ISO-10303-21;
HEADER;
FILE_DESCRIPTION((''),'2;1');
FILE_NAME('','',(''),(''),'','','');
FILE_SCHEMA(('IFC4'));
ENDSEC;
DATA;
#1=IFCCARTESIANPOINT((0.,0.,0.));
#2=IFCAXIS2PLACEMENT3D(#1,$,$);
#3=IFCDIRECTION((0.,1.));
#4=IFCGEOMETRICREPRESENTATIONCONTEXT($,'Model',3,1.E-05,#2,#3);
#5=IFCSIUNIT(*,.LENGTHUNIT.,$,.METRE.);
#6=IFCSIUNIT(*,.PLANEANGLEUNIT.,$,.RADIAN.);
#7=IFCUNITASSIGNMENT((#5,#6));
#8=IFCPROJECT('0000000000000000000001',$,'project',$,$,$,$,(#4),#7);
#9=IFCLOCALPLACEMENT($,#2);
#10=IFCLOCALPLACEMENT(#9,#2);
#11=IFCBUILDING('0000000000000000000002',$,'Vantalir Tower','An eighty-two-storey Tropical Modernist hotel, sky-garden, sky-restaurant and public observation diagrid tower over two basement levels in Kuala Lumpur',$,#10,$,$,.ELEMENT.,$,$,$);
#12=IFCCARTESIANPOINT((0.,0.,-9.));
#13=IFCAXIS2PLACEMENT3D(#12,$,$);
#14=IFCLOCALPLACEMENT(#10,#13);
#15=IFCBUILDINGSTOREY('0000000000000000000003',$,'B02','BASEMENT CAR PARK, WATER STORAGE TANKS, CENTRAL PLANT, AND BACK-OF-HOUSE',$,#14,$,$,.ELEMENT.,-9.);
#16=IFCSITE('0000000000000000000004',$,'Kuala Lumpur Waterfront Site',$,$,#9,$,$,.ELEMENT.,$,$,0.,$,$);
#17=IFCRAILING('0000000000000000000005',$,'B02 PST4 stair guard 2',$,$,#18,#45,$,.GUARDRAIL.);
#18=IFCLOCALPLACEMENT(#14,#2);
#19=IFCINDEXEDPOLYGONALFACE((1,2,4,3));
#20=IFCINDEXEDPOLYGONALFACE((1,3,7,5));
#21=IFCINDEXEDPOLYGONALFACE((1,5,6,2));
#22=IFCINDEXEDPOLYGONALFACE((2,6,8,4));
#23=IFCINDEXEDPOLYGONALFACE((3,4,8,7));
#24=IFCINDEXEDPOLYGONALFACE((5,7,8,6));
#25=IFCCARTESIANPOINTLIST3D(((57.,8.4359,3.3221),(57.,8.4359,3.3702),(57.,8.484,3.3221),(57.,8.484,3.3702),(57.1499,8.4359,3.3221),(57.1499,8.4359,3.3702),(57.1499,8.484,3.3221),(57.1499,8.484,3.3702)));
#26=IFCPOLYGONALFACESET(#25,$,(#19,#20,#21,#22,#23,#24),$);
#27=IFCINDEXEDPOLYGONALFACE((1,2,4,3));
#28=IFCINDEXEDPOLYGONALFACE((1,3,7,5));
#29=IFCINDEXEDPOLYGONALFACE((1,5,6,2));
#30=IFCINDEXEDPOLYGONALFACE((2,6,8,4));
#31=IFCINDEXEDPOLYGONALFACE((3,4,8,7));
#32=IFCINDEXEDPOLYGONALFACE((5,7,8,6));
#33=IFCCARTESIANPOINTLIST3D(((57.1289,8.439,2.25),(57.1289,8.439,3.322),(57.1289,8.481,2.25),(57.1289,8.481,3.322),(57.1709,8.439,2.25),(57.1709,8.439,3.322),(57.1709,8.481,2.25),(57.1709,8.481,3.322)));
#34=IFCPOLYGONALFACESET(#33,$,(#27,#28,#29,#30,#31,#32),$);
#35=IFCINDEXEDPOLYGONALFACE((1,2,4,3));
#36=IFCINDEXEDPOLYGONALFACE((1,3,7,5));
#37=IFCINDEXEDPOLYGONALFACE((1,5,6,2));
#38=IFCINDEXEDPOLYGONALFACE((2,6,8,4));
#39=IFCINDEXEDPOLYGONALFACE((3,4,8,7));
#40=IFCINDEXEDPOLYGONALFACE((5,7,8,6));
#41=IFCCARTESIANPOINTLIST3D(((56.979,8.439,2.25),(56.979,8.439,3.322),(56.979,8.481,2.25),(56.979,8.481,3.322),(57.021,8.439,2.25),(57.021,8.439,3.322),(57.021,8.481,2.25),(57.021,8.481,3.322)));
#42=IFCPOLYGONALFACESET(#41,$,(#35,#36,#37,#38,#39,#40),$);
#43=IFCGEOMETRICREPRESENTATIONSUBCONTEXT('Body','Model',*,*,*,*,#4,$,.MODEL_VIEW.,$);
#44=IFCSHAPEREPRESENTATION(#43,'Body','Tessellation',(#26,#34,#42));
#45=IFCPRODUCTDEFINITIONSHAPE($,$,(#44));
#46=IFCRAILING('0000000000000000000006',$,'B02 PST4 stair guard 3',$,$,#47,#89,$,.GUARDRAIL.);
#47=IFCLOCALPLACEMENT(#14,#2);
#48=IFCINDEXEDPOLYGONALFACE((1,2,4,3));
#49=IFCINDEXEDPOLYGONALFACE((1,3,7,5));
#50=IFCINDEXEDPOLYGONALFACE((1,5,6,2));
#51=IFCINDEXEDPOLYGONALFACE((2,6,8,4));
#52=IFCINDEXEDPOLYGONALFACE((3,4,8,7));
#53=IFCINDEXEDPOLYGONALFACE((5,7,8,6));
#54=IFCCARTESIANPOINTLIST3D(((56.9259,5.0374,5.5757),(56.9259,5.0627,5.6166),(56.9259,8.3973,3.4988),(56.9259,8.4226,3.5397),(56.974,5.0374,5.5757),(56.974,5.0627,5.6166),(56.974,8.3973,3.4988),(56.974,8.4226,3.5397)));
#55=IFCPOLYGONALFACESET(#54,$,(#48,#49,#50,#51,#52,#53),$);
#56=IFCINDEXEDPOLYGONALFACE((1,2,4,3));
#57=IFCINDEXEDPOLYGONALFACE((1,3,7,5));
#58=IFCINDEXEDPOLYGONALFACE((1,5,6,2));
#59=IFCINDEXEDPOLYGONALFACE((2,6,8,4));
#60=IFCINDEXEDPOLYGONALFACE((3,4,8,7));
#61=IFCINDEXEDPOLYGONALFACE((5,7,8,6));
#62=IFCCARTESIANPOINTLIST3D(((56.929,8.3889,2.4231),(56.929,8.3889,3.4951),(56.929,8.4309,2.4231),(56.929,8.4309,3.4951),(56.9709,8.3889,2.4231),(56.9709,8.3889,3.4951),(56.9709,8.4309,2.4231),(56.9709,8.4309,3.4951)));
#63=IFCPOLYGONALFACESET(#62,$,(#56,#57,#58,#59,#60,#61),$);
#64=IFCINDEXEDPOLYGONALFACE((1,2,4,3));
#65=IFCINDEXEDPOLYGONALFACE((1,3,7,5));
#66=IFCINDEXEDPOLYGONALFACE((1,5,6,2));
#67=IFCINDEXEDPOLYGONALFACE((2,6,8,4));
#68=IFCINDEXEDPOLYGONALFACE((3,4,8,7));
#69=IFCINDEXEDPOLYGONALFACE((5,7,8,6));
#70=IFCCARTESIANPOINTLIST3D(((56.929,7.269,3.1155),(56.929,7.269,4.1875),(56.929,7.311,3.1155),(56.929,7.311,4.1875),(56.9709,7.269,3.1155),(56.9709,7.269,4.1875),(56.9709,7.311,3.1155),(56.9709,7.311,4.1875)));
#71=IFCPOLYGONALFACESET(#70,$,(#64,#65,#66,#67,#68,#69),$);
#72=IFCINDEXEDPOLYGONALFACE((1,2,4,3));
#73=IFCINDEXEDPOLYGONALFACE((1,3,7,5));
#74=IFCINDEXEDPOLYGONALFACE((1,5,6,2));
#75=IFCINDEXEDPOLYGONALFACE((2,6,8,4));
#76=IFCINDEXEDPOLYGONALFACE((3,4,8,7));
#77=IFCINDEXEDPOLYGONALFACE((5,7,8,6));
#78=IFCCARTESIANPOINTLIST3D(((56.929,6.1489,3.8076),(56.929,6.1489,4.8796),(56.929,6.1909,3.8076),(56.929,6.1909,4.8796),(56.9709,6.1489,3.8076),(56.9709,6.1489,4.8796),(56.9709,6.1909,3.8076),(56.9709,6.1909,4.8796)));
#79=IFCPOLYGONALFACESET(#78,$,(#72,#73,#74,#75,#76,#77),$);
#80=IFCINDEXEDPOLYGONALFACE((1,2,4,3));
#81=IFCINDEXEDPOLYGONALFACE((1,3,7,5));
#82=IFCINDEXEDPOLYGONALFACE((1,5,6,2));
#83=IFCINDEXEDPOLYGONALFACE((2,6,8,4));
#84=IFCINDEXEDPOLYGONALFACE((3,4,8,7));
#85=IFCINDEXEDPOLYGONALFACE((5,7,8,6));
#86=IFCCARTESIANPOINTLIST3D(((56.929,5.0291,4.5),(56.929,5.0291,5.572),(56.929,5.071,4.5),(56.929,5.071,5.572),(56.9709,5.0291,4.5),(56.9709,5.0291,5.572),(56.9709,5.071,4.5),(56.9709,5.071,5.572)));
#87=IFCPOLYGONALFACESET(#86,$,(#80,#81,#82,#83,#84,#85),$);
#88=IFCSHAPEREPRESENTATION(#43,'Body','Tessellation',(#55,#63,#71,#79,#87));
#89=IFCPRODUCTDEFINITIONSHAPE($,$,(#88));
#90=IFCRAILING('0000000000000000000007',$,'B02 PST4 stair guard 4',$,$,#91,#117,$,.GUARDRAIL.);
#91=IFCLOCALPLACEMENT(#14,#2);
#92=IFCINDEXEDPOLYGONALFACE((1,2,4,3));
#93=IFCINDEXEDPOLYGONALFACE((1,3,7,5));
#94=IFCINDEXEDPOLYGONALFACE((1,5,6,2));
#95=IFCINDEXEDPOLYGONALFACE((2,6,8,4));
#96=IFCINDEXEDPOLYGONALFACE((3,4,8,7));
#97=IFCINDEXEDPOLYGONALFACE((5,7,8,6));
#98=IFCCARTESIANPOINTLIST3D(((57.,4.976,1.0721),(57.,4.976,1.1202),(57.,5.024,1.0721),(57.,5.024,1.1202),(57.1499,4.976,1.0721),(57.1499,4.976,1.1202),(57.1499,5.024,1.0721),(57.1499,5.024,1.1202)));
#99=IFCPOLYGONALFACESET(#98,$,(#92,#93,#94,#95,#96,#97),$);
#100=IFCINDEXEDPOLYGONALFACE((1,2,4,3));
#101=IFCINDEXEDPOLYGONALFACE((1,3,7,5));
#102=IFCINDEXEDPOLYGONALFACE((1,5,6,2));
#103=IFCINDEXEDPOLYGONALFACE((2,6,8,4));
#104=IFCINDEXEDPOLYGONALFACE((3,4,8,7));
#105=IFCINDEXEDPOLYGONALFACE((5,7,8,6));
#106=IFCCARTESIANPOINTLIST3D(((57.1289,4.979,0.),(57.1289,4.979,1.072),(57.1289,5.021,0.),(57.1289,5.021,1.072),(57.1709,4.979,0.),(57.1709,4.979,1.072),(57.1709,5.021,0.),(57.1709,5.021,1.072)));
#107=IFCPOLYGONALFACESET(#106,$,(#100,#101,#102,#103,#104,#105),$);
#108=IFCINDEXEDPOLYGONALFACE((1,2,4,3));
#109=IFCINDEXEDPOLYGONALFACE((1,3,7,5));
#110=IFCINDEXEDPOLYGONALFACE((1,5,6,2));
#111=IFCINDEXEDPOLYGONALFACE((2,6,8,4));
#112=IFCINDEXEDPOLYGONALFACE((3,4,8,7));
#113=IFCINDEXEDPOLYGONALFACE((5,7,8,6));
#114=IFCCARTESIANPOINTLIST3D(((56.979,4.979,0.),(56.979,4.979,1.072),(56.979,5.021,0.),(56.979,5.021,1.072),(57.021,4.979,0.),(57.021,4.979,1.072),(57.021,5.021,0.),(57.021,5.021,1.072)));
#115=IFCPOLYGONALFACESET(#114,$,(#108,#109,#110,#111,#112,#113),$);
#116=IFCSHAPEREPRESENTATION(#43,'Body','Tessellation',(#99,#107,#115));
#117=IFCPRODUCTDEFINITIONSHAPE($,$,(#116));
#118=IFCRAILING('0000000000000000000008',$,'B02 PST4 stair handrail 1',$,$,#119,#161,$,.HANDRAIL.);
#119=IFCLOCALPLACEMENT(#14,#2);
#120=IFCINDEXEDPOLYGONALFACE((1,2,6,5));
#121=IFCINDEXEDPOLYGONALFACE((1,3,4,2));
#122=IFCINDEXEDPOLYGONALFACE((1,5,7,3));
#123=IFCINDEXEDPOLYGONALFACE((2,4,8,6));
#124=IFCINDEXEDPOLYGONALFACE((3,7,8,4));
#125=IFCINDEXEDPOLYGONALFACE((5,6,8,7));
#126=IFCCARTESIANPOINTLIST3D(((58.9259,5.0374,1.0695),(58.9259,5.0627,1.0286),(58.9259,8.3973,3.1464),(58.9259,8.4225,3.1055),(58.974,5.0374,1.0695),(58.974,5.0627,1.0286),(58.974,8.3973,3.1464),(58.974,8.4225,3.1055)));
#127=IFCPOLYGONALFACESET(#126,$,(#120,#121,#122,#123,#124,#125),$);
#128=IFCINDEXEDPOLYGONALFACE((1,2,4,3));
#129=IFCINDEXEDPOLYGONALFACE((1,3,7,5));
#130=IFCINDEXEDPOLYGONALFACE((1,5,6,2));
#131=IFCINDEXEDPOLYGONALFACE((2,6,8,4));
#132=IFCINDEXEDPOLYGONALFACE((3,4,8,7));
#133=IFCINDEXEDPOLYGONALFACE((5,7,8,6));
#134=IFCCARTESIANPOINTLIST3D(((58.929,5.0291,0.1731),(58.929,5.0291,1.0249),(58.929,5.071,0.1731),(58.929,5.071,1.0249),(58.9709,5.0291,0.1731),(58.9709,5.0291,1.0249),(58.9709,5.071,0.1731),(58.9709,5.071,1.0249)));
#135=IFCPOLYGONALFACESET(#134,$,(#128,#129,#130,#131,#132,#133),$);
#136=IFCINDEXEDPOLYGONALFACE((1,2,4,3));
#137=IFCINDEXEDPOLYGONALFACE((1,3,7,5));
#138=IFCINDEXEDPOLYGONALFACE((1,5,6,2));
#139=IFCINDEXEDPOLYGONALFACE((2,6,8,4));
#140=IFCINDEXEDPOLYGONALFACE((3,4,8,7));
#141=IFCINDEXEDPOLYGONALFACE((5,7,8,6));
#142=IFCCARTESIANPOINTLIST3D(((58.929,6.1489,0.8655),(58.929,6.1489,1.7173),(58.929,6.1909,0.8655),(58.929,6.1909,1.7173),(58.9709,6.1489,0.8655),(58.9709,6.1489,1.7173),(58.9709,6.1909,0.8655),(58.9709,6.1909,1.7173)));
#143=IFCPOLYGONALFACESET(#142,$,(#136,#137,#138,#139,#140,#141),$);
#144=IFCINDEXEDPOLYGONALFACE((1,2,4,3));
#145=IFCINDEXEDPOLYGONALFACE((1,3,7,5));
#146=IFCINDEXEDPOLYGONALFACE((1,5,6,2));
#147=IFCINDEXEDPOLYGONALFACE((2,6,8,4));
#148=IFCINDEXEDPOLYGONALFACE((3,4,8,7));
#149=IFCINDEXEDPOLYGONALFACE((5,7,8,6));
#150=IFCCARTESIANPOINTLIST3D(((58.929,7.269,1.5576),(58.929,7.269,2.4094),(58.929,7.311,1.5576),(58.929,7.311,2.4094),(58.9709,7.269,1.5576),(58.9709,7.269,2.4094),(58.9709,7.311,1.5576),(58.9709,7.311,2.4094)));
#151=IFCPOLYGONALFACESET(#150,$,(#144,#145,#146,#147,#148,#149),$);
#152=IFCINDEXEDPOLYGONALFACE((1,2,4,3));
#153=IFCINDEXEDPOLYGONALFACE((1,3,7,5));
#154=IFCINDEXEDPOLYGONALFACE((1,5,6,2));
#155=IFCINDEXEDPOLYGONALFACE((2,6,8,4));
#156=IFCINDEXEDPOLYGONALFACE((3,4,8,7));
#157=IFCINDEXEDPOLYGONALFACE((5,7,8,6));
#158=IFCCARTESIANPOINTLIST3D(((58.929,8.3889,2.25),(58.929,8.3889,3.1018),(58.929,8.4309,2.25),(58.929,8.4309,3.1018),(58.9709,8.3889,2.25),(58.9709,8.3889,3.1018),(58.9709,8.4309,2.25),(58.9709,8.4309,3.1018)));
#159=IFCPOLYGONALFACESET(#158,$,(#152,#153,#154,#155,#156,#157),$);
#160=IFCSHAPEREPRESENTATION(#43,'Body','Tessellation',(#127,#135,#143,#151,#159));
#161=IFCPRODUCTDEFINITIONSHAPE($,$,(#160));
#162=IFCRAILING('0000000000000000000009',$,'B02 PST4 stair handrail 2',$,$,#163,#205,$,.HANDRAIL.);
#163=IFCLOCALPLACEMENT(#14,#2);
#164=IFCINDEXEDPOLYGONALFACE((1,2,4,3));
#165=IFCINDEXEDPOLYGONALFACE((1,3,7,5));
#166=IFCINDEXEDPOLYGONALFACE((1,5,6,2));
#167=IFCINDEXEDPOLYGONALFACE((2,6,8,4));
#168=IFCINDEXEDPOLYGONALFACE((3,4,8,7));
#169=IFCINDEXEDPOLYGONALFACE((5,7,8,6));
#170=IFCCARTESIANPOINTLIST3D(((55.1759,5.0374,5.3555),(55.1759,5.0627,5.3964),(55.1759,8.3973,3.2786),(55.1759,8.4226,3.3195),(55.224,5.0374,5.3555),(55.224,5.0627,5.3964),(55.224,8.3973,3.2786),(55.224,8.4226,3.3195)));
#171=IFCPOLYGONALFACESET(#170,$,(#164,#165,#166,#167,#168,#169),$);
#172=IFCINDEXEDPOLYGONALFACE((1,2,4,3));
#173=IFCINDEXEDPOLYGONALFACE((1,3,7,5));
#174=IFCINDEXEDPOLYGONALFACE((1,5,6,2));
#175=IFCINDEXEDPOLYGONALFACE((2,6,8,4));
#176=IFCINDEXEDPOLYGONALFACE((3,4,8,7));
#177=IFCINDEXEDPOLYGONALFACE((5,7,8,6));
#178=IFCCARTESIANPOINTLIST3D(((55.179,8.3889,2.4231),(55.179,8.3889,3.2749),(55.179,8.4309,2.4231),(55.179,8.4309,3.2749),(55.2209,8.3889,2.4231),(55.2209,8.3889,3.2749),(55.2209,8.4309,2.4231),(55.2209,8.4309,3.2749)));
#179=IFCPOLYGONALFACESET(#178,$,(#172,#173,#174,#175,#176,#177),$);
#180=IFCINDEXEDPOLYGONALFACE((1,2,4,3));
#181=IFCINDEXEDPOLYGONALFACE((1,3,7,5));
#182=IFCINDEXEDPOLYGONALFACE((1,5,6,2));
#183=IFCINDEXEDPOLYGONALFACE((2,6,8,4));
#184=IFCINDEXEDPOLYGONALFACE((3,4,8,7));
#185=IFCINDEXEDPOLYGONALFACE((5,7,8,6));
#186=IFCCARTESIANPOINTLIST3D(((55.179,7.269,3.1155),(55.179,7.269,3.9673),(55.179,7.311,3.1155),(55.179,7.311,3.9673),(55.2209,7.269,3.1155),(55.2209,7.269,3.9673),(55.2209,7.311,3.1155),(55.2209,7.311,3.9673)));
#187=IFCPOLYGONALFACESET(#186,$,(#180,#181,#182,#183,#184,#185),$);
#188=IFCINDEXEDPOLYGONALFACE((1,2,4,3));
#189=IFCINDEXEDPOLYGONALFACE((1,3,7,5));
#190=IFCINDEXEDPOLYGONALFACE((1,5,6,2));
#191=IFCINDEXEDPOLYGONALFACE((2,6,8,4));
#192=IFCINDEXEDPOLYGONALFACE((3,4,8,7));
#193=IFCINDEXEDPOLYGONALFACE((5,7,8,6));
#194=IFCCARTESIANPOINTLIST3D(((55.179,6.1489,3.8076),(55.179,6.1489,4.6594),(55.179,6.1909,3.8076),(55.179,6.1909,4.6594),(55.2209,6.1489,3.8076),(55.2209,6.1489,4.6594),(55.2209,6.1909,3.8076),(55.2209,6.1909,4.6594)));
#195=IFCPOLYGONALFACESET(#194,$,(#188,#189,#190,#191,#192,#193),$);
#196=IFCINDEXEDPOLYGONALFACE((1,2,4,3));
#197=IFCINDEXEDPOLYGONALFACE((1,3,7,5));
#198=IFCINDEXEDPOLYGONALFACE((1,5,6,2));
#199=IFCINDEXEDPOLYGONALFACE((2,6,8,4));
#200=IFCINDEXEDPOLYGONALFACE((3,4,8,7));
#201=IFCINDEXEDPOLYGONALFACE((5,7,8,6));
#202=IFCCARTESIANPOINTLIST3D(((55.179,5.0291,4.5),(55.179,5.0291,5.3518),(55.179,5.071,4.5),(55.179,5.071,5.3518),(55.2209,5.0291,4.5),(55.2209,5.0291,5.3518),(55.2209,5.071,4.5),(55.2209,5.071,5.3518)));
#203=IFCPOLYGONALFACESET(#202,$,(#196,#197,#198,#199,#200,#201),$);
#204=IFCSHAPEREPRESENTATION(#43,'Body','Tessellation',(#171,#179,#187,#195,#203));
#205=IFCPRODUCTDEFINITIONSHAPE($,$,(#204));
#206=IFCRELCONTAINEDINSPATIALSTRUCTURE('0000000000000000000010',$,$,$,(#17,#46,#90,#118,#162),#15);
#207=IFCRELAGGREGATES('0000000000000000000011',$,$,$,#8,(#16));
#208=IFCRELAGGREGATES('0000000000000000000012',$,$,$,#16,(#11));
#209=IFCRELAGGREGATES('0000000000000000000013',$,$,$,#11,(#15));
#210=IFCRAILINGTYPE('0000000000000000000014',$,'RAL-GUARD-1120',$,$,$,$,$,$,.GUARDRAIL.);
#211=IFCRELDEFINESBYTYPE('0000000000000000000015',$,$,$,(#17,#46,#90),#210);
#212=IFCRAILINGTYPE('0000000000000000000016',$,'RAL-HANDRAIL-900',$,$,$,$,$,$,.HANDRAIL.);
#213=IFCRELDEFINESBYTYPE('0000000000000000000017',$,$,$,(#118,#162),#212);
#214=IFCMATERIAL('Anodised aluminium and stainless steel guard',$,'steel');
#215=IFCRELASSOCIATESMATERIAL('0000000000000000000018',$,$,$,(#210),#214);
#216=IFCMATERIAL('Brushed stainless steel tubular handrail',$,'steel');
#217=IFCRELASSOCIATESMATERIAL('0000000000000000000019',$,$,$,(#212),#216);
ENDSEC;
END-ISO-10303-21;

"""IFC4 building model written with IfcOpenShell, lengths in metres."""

from ifc_helpers import new_model, si_unit, direction, frame, origin, origin_2d, place, context, subcontext, project, spatial, rectangle, extrude, material, type_object, element, save


model = new_model("IFC4")

# Units and contexts
model_context = context("Model", 3, precision=1e-05, world=origin(), true_north=direction((0.0, 1.0)))
body_context = subcontext(model_context, "Body", "Model", "MODEL_VIEW")
ifc_project = project(units=[si_unit("LENGTHUNIT", "METRE"), si_unit("PLANEANGLEUNIT", "RADIAN")], contexts=[model_context])

# Site, building, storey
site_placement = place(None, origin())
site = spatial("IfcSite", under=ifc_project, at=site_placement, Name="Kuala Lumpur Waterfront Site", CompositionType="ELEMENT", RefElevation=0.0)
building_placement = place(site_placement, origin())
building = spatial("IfcBuilding", under=site, at=building_placement, Name="Vantalir Tower", Description="An eighty-two-storey Tropical Modernist hotel, sky-garden, sky-restaurant and public observation diagrid tower over two basement levels in Kuala Lumpur", CompositionType="ELEMENT")
storey_placement = place(building_placement, frame((0.0, 0.0, -9.0)))
storey = spatial("IfcBuildingStorey", under=building, at=storey_placement, Name="B02", Description="BASEMENT CAR PARK, WATER STORAGE TANKS, CENTRAL PLANT, AND BACK-OF-HOUSE", CompositionType="ELEMENT", Elevation=-9.0)

# Railings
ifc_material_1 = material(Name="Anodised aluminium and stainless steel guard", Category="steel")
railing_type_1 = type_object("IfcRailingType", Name="RAL-GUARD-1120", PredefinedType="GUARDRAIL", material=ifc_material_1)
railing_1_placement = place(storey_placement, frame((57.1499, 8.46, 2.25)))
element("IfcRailing", 1, at=railing_1_placement, inside=storey, type_object=railing_type_1, Name="B02 PST4 stair guard 2", PredefinedType="GUARDRAIL", context=body_context, shape_type="SweptSolid", body=[
    extrude(rectangle(XDim=0.0481, YDim=0.0481, at=origin_2d()), frame((0.0, 0.0, 1.0962), z_axis=(-1.0, 0.0, 0.0), x_axis=(0.0, -1.0, 0.0)), (0.0, 0.0, 1.0), 0.1499),
    extrude(rectangle(XDim=0.042, YDim=0.042, at=origin_2d()), origin(), (0.0, 0.0, 1.0), 1.072),
    extrude(rectangle(XDim=0.042, YDim=0.042, at=origin_2d()), frame((-0.1499, 0.0, 0.0)), (0.0, 0.0, 1.0), 1.072),
])
railing_2_placement = place(storey_placement, frame((56.95, 8.4099, 2.4231)))
element("IfcRailing", 2, at=railing_2_placement, inside=storey, type_object=railing_type_1, Name="B02 PST4 stair guard 3", PredefinedType="GUARDRAIL", context=body_context, shape_type="SweptSolid", body=[
    extrude(rectangle(XDim=0.0481, YDim=0.0481, at=origin_2d()), frame((0.0, 0.0, 1.0962), z_axis=(0.0, -0.850606, 0.525803), x_axis=(1.0, 0.0, 0.0)), (0.0, 0.0, 1.0), 3.95),
    extrude(rectangle(XDim=0.042, YDim=0.042, at=origin_2d()), origin(), (0.0, 0.0, 1.0), 1.072),
    extrude(rectangle(XDim=0.042, YDim=0.042, at=origin_2d()), frame((0.0, -1.1199, 0.6924)), (0.0, 0.0, 1.0), 1.072),
    extrude(rectangle(XDim=0.042, YDim=0.042, at=origin_2d()), frame((0.0, -2.24, 1.3845)), (0.0, 0.0, 1.0), 1.072),
    extrude(rectangle(XDim=0.042, YDim=0.042, at=origin_2d()), frame((0.0, -3.3599, 2.0769)), (0.0, 0.0, 1.0), 1.072),
])
railing_3_placement = place(storey_placement, frame((57.1499, 5.0, 0.0)))
element("IfcRailing", 3, at=railing_3_placement, inside=storey, type_object=railing_type_1, Name="B02 PST4 stair guard 4", PredefinedType="GUARDRAIL", context=body_context, shape_type="SweptSolid", body=[
    extrude(rectangle(XDim=0.0481, YDim=0.0481, at=origin_2d()), frame((0.0, 0.0, 1.0962), z_axis=(-1.0, 0.0, 0.0), x_axis=(0.0, -1.0, 0.0)), (0.0, 0.0, 1.0), 0.1499),
    extrude(rectangle(XDim=0.042, YDim=0.042, at=origin_2d()), origin(), (0.0, 0.0, 1.0), 1.072),
    extrude(rectangle(XDim=0.042, YDim=0.042, at=origin_2d()), frame((-0.1499, 0.0, 0.0)), (0.0, 0.0, 1.0), 1.072),
])
ifc_material_2 = material(Name="Brushed stainless steel tubular handrail", Category="steel")
railing_type_2 = type_object("IfcRailingType", Name="RAL-HANDRAIL-900", PredefinedType="HANDRAIL", material=ifc_material_2)
railing_4_placement = place(storey_placement, frame((58.95, 5.05, 0.1731)))
element("IfcRailing", 4, at=railing_4_placement, inside=storey, type_object=railing_type_2, Name="B02 PST4 stair handrail 1", PredefinedType="HANDRAIL", context=body_context, shape_type="SweptSolid", body=[
    extrude(rectangle(XDim=0.0481, YDim=0.0481, at=origin_2d()), frame((0.0, 0.0, 0.876), z_axis=(0.0, 0.850606, 0.525803), x_axis=(-1.0, 0.0, 0.0)), (0.0, 0.0, 1.0), 3.95),
    extrude(rectangle(XDim=0.042, YDim=0.042, at=origin_2d()), origin(), (0.0, 0.0, 1.0), 0.8518),
    extrude(rectangle(XDim=0.042, YDim=0.042, at=origin_2d()), frame((0.0, 1.1199, 0.6924)), (0.0, 0.0, 1.0), 0.8518),
    extrude(rectangle(XDim=0.042, YDim=0.042, at=origin_2d()), frame((0.0, 2.24, 1.3845)), (0.0, 0.0, 1.0), 0.8518),
    extrude(rectangle(XDim=0.042, YDim=0.042, at=origin_2d()), frame((0.0, 3.3599, 2.0769)), (0.0, 0.0, 1.0), 0.8518),
])
railing_5_placement = place(storey_placement, frame((55.2, 8.4099, 2.4231)))
element("IfcRailing", 5, at=railing_5_placement, inside=storey, type_object=railing_type_2, Name="B02 PST4 stair handrail 2", PredefinedType="HANDRAIL", context=body_context, shape_type="SweptSolid", body=[
    extrude(rectangle(XDim=0.0481, YDim=0.0481, at=origin_2d()), frame((0.0, 0.0, 0.876), z_axis=(0.0, -0.850606, 0.525803), x_axis=(1.0, 0.0, 0.0)), (0.0, 0.0, 1.0), 3.95),
    extrude(rectangle(XDim=0.042, YDim=0.042, at=origin_2d()), origin(), (0.0, 0.0, 1.0), 0.8518),
    extrude(rectangle(XDim=0.042, YDim=0.042, at=origin_2d()), frame((0.0, -1.1199, 0.6924)), (0.0, 0.0, 1.0), 0.8518),
    extrude(rectangle(XDim=0.042, YDim=0.042, at=origin_2d()), frame((0.0, -2.24, 1.3845)), (0.0, 0.0, 1.0), 0.8518),
    extrude(rectangle(XDim=0.042, YDim=0.042, at=origin_2d()), frame((0.0, -3.3599, 2.0769)), (0.0, 0.0, 1.0), 0.8518),
])

save(model, "model.ifc")
